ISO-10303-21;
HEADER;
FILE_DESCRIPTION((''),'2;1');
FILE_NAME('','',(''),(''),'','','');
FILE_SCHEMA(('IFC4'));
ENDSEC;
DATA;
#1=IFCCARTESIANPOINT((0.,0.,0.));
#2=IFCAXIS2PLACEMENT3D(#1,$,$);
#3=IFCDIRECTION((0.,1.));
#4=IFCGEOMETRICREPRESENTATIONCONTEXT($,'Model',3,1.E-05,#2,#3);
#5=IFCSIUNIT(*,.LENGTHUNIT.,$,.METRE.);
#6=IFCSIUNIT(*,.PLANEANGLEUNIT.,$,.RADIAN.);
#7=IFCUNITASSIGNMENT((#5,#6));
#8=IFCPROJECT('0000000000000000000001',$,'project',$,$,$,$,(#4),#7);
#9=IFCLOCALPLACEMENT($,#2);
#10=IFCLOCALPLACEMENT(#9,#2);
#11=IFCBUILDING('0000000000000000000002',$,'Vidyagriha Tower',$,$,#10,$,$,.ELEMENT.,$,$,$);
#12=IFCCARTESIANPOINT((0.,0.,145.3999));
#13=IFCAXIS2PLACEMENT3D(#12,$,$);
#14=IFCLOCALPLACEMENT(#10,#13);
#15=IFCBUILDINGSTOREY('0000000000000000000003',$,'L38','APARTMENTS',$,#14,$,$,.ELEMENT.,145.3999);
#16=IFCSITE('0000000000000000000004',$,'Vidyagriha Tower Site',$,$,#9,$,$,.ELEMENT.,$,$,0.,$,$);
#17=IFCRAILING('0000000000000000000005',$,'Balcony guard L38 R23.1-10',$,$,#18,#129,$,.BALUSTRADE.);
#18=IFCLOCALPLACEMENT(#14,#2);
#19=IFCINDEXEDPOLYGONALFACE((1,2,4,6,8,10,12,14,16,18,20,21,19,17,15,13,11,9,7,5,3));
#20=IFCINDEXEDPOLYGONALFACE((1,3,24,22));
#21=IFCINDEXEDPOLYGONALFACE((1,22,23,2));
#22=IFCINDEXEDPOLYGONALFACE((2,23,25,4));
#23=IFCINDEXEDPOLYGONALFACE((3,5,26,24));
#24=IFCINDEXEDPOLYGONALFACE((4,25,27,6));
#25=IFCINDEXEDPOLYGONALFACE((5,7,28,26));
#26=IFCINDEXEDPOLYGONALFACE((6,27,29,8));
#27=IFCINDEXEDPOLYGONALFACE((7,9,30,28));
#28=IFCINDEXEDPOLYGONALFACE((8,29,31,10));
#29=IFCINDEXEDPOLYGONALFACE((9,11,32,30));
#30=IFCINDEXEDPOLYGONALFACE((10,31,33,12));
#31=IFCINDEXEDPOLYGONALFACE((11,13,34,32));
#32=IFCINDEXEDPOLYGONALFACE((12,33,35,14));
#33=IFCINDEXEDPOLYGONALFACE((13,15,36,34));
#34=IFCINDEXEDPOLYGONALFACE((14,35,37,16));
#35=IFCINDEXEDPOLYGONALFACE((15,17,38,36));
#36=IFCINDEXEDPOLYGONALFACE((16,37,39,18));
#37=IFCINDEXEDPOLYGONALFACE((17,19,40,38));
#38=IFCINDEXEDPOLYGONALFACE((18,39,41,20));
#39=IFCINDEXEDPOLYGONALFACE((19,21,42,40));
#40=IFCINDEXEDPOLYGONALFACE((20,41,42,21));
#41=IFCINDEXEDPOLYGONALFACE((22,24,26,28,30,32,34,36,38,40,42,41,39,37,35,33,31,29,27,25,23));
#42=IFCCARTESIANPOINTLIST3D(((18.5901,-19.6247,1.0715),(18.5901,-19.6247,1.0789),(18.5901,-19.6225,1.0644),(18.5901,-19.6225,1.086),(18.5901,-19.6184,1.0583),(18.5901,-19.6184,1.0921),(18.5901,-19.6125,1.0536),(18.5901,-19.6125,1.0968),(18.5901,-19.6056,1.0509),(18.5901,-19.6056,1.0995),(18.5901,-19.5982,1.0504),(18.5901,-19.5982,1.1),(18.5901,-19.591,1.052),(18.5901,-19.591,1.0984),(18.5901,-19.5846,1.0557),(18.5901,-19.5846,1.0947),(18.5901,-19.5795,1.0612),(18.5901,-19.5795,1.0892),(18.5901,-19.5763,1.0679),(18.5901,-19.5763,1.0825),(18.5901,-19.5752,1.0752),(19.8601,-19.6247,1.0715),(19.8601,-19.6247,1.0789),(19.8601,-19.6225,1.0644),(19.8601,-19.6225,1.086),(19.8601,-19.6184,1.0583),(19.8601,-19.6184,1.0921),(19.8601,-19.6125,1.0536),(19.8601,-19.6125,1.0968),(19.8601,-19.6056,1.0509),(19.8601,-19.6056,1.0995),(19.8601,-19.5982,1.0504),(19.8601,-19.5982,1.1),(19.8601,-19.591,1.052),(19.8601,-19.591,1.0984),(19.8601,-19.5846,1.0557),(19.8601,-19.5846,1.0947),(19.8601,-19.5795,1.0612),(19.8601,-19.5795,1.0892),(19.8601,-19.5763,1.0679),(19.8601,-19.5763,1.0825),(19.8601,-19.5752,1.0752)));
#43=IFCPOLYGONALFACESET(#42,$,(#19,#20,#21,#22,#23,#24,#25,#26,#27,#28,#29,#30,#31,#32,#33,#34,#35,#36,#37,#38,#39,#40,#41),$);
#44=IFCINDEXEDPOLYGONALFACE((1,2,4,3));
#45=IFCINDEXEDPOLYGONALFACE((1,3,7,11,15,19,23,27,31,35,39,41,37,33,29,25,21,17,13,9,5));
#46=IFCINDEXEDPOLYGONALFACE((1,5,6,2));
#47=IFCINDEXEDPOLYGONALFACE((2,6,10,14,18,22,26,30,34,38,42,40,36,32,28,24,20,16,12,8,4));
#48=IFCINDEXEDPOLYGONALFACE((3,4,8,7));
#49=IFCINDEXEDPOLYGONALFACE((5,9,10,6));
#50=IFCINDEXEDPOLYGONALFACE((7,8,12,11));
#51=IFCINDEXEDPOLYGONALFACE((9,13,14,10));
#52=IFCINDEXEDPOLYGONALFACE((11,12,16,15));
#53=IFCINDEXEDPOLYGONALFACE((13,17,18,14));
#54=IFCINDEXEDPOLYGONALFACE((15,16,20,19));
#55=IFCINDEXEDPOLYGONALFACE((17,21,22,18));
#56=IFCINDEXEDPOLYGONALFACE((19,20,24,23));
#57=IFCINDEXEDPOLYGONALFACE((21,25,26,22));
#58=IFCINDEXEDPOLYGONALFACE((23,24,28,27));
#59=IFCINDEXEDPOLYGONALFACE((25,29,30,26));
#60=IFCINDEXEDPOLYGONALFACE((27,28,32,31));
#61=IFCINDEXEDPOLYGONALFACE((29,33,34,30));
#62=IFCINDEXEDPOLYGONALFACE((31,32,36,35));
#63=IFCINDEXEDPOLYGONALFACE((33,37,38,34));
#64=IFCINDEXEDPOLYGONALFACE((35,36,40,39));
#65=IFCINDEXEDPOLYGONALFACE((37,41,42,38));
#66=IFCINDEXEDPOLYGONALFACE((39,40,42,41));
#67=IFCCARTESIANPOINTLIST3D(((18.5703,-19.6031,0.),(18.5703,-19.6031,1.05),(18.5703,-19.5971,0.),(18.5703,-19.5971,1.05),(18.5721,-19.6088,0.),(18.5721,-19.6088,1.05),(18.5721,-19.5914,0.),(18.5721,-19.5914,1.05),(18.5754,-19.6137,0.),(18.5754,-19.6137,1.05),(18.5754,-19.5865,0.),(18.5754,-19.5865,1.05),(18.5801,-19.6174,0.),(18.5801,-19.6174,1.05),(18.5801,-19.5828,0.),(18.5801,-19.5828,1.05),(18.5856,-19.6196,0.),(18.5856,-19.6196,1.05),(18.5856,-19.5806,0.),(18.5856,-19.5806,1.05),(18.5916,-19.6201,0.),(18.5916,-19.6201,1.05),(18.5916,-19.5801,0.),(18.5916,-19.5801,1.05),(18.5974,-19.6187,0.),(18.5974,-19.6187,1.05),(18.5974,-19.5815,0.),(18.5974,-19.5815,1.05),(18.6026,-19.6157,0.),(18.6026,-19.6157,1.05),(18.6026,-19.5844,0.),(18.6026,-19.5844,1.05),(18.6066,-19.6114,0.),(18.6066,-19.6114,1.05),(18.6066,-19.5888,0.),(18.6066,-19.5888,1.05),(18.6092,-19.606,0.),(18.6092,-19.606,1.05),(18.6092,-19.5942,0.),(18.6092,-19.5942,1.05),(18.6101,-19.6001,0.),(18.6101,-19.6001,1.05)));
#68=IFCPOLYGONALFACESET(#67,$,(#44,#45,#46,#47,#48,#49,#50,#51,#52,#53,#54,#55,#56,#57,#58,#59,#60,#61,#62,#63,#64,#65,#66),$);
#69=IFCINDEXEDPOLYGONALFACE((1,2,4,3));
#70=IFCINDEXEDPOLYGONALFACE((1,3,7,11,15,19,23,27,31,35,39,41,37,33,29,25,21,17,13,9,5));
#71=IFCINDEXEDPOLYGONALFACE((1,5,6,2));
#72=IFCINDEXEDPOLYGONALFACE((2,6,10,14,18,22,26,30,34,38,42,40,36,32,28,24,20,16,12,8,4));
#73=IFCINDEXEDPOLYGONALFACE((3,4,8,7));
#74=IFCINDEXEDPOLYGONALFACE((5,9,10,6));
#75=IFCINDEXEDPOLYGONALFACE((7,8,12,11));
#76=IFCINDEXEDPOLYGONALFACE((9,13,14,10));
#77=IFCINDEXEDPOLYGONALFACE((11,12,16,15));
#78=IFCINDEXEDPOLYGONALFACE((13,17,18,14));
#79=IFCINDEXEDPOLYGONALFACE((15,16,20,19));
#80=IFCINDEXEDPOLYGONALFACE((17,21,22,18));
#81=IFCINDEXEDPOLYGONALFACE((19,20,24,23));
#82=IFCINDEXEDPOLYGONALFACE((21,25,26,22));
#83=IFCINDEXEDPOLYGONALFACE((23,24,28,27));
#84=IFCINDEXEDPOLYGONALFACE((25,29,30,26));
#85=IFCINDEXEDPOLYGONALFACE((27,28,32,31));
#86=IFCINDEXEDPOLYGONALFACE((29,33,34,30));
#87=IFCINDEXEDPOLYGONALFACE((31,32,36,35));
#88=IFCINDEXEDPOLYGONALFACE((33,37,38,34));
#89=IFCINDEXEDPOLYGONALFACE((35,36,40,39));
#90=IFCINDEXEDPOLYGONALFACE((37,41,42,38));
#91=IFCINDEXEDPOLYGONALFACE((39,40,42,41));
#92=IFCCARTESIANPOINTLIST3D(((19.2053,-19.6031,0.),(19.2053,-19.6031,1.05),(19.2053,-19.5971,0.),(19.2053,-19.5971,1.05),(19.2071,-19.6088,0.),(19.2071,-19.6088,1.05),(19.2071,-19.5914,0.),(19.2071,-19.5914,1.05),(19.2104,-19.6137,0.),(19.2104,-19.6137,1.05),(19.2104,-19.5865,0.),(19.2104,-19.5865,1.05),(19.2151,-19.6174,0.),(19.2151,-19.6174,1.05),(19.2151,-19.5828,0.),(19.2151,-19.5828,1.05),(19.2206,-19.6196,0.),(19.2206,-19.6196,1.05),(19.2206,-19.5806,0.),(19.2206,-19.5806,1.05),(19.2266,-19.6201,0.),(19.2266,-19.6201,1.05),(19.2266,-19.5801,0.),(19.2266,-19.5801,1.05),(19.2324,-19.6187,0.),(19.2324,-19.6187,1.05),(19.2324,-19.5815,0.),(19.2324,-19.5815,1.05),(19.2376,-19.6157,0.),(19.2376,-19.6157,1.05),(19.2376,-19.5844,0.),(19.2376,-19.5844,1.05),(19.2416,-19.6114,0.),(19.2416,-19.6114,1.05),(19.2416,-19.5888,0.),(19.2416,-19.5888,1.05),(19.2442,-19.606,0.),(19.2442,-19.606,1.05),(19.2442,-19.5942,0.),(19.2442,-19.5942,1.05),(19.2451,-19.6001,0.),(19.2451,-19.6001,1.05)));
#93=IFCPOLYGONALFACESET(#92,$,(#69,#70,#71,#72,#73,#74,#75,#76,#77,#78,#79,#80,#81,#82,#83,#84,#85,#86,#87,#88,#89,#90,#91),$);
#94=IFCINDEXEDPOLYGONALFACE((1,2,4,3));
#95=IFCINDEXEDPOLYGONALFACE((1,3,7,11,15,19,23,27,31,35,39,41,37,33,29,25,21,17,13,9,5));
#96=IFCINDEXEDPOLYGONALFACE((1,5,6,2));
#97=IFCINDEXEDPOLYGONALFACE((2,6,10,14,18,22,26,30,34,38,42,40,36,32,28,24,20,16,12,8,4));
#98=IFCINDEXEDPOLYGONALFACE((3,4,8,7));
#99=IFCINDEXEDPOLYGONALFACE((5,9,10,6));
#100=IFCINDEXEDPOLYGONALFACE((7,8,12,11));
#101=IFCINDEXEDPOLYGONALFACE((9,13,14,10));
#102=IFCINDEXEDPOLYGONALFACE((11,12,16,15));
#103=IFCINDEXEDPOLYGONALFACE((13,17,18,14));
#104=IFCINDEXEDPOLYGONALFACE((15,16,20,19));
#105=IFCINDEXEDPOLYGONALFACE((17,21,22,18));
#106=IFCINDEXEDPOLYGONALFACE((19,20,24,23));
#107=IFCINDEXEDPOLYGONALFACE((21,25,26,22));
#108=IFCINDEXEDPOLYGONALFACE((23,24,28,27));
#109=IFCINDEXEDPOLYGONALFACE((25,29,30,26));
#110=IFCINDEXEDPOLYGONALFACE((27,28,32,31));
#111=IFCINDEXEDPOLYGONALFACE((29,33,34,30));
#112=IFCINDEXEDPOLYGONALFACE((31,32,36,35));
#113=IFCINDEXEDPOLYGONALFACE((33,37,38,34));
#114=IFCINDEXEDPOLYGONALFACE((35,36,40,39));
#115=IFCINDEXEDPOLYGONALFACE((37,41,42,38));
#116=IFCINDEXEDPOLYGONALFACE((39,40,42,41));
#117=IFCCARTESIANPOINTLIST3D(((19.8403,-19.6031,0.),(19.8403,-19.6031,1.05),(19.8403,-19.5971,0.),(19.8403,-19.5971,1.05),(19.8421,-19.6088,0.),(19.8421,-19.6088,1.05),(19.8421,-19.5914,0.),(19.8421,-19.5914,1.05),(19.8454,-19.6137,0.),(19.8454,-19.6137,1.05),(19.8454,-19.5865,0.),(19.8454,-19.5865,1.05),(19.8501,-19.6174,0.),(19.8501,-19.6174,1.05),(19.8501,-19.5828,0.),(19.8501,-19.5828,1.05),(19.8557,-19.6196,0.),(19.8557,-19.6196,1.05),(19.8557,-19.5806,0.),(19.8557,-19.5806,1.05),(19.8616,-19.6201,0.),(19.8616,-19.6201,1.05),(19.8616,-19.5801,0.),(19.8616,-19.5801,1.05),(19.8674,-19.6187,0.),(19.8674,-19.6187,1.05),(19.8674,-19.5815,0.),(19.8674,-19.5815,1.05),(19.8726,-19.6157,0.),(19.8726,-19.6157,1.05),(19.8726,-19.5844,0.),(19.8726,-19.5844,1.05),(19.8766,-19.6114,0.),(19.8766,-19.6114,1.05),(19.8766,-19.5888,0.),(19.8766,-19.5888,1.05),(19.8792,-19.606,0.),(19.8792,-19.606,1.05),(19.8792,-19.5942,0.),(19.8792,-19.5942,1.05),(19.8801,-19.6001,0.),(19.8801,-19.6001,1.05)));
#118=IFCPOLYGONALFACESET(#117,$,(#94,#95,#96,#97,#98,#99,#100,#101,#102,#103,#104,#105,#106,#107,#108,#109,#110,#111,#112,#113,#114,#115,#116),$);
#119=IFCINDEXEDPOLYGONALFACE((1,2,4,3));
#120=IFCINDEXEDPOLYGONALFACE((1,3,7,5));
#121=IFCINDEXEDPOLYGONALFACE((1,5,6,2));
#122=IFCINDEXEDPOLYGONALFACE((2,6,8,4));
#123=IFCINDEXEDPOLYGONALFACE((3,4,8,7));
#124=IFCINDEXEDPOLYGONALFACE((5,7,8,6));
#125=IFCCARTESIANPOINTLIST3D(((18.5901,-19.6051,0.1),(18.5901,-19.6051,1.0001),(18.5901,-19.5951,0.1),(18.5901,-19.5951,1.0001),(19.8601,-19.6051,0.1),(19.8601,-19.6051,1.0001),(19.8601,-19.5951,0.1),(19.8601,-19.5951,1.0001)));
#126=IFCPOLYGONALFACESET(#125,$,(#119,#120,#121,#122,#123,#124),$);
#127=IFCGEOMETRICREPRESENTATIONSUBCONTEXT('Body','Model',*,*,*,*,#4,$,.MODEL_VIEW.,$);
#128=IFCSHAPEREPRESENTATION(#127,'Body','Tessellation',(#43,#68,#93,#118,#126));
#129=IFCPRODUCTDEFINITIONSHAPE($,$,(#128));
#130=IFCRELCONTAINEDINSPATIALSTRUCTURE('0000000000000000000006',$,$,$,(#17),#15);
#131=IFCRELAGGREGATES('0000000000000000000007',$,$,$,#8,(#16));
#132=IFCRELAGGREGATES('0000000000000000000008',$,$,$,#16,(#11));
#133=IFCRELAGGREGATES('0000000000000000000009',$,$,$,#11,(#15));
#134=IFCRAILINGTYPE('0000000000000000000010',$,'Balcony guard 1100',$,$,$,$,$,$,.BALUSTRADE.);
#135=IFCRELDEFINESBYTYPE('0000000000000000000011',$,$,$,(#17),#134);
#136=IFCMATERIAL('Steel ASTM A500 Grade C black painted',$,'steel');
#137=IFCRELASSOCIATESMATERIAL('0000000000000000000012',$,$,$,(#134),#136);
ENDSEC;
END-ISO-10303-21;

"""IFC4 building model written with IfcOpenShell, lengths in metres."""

from ifc_helpers import new_model, si_unit, direction, frame, origin, origin_2d, place, context, subcontext, project, spatial, rectangle, circle, extrude, material, type_object, element, save


model = new_model("IFC4")

# Units and contexts
model_context = context("Model", 3, precision=1e-05, world=origin(), true_north=direction((0.0, 1.0)))
body_context = subcontext(model_context, "Body", "Model", "MODEL_VIEW")
ifc_project = project(units=[si_unit("LENGTHUNIT", "METRE"), si_unit("PLANEANGLEUNIT", "RADIAN")], contexts=[model_context])

# Site, building, storey
site_placement = place(None, origin())
site = spatial("IfcSite", under=ifc_project, at=site_placement, Name="Vidyagriha Tower Site", CompositionType="ELEMENT", RefElevation=0.0)
building_placement = place(site_placement, origin())
building = spatial("IfcBuilding", under=site, at=building_placement, Name="Vidyagriha Tower", CompositionType="ELEMENT")
storey_placement = place(building_placement, frame((0.0, 0.0, 145.3999)))
storey = spatial("IfcBuildingStorey", under=building, at=storey_placement, Name="L38", Description="APARTMENTS", CompositionType="ELEMENT", Elevation=145.3999)

# Railing
ifc_material_1 = material(Name="Steel ASTM A500 Grade C black painted", Category="steel")
railing_type = type_object("IfcRailingType", Name="Balcony guard 1100", PredefinedType="BALUSTRADE", material=ifc_material_1)
railing_1_placement = place(storey_placement, frame((18.5901, -19.6001, 0.0)))
element("IfcRailing", 1, at=railing_1_placement, inside=storey, type_object=railing_type, Name="Balcony guard L38 R23.1-10", PredefinedType="BALUSTRADE", context=body_context, shape_type="SweptSolid", body=[
    extrude(circle(Radius=0.0249, at=origin_2d()), frame((0.0, 0.0, 1.0752), z_axis=(1.0, 0.0, 0.0), x_axis=(0.0, 1.0, 0.0)), (0.0, 0.0, 1.0), 1.27),
    extrude(circle(Radius=0.02, at=origin_2d()), origin(), (0.0, 0.0, 1.0), 1.05),
    extrude(circle(Radius=0.02, at=origin_2d()), frame((0.635, 0.0, 0.0)), (0.0, 0.0, 1.0), 1.05),
    extrude(circle(Radius=0.02, at=origin_2d()), frame((1.27, 0.0, 0.0)), (0.0, 0.0, 1.0), 1.05),
    extrude(rectangle(XDim=0.01, YDim=0.9001, at=origin_2d()), frame((0.0, 0.0, 0.55), z_axis=(1.0, 0.0, 0.0), x_axis=(0.0, 1.0, 0.0)), (0.0, 0.0, 1.0), 1.27),
])

save(model, "model.ifc")
